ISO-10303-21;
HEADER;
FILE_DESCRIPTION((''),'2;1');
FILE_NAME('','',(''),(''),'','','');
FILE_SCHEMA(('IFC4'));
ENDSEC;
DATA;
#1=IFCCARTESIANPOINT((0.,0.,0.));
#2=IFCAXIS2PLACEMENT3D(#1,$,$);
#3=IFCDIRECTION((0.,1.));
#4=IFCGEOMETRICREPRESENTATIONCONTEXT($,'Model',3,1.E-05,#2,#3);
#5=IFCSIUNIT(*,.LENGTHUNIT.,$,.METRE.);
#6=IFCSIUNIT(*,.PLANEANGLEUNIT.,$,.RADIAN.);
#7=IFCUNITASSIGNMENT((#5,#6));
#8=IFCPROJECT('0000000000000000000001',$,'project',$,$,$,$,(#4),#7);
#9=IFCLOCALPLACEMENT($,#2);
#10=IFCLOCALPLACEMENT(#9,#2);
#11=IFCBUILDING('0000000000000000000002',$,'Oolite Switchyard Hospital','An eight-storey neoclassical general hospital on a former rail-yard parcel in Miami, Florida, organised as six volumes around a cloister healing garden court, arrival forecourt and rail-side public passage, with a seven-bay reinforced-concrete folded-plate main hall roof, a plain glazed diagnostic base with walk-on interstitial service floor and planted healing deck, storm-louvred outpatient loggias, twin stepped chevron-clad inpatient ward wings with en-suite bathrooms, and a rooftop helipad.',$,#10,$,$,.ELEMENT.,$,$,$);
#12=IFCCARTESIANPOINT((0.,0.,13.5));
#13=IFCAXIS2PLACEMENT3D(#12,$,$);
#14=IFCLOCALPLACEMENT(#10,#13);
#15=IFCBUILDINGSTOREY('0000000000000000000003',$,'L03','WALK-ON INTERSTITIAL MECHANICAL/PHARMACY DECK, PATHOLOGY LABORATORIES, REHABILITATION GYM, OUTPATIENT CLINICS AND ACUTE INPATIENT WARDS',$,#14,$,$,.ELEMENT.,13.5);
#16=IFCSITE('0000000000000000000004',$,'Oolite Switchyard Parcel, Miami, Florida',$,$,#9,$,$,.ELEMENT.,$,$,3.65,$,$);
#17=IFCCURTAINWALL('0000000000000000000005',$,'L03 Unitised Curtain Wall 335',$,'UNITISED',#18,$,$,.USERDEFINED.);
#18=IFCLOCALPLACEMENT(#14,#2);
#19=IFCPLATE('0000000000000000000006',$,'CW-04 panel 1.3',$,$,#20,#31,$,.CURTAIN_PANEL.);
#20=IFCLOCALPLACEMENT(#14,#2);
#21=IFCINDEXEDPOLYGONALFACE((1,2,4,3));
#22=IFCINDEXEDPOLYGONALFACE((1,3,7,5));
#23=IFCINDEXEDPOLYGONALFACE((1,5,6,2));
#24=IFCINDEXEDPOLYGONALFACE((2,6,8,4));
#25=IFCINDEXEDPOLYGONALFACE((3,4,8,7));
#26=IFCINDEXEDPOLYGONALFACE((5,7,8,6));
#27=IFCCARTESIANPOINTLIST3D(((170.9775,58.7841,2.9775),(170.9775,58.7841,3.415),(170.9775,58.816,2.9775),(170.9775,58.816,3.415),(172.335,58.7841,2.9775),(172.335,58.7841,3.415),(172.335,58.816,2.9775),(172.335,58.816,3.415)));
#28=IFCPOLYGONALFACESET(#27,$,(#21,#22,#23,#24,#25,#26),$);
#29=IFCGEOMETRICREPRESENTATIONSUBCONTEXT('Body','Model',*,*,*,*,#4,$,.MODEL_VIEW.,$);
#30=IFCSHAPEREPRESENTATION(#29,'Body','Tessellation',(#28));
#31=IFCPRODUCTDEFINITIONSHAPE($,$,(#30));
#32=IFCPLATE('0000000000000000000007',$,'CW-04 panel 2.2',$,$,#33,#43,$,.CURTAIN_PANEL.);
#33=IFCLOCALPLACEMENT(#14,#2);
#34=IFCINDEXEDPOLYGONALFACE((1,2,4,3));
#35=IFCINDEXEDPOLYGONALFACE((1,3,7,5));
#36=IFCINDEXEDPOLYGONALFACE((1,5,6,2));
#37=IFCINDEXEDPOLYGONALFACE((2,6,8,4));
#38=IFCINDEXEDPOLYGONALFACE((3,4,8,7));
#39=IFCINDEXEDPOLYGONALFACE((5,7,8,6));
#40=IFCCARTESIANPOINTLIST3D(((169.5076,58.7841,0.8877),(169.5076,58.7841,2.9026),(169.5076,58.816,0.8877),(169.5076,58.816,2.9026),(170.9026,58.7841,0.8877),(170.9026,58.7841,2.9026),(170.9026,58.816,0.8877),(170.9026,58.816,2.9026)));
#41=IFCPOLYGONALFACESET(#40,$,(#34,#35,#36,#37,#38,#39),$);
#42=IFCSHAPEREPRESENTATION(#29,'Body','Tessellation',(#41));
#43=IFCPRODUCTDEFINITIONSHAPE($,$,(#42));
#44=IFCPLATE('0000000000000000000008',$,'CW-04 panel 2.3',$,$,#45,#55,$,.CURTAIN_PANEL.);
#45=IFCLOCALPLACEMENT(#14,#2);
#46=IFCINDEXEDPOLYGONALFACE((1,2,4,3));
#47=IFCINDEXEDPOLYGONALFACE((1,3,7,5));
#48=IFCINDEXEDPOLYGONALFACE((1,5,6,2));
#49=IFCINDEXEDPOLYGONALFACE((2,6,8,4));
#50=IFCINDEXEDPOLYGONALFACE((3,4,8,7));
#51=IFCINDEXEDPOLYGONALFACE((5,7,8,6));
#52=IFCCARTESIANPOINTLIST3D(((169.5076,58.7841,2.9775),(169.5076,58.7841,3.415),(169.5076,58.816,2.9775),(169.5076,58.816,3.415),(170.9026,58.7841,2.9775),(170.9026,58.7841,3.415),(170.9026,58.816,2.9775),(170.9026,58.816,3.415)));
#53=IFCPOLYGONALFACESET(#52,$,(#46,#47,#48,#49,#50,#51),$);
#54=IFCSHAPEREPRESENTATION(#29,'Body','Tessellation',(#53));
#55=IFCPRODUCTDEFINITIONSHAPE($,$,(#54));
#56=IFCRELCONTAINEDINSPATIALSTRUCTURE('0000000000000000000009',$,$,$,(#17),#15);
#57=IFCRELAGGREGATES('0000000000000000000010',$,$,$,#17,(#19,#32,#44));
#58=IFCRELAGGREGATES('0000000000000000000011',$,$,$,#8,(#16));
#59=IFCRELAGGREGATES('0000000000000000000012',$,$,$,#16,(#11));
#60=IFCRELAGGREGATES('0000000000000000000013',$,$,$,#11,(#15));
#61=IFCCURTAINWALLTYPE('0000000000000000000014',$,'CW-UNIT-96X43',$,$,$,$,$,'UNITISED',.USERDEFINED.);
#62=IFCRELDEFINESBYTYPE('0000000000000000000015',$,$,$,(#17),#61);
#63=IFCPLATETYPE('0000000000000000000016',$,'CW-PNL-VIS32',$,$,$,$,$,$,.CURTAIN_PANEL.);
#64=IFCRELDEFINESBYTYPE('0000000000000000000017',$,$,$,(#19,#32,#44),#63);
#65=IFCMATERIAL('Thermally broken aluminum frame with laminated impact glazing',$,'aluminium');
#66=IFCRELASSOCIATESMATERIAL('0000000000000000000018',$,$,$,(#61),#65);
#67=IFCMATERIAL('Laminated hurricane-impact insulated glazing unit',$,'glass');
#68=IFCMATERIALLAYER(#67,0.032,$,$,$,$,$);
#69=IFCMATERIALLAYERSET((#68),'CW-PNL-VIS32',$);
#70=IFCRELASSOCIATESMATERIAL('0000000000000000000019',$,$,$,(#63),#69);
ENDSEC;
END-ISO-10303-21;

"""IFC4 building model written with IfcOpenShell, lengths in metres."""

from ifc_helpers import new_model, si_unit, direction, frame, origin, origin_2d, place, context, subcontext, project, spatial, rectangle, extrude, material, layer, layer_set, type_object, element, aggregate, save


model = new_model("IFC4")

# Units and contexts
model_context = context("Model", 3, precision=1e-05, world=origin(), true_north=direction((0.0, 1.0)))
body_context = subcontext(model_context, "Body", "Model", "MODEL_VIEW")
ifc_project = project(units=[si_unit("LENGTHUNIT", "METRE"), si_unit("PLANEANGLEUNIT", "RADIAN")], contexts=[model_context])

# Site, building, storey
site_placement = place(None, origin())
site = spatial("IfcSite", under=ifc_project, at=site_placement, Name="Oolite Switchyard Parcel, Miami, Florida", CompositionType="ELEMENT", RefElevation=3.65)
building_placement = place(site_placement, origin())
building = spatial("IfcBuilding", under=site, at=building_placement, Name="Oolite Switchyard Hospital", Description="An eight-storey neoclassical general hospital on a former rail-yard parcel in Miami, Florida, organised as six volumes around a cloister healing garden court, arrival forecourt and rail-side public passage, with a seven-bay reinforced-concrete folded-plate main hall roof, a plain glazed diagnostic base with walk-on interstitial service floor and planted healing deck, storm-louvred outpatient loggias, twin stepped chevron-clad inpatient ward wings with en-suite bathrooms, and a rooftop helipad.", CompositionType="ELEMENT")
storey_placement = place(building_placement, frame((0.0, 0.0, 13.5)))
storey = spatial("IfcBuildingStorey", under=building, at=storey_placement, Name="L03", Description="WALK-ON INTERSTITIAL MECHANICAL/PHARMACY DECK, PATHOLOGY LABORATORIES, REHABILITATION GYM, OUTPATIENT CLINICS AND ACUTE INPATIENT WARDS", CompositionType="ELEMENT", Elevation=13.5)

# Shared definitions
ifc_material_1 = material(Name="Thermally broken aluminum frame with laminated impact glazing", Category="aluminium")
curtain_wall_type = type_object("IfcCurtainWallType", Name="CW-UNIT-96X43", ElementType="UNITISED", PredefinedType="USERDEFINED", material=ifc_material_1)

# Curtain wall
curtain_wall_1_placement = place(storey_placement, origin())
curtain_wall_1 = element("IfcCurtainWall", 1, at=curtain_wall_1_placement, inside=storey, type_object=curtain_wall_type, Name="L03 Unitised Curtain Wall 335", ObjectType="UNITISED", PredefinedType="USERDEFINED")

# Plates
ifc_material_2 = material(Name="Laminated hurricane-impact insulated glazing unit", Category="glass")
ifc_layer_1 = layer(ifc_material_2, 0.032)
ifc_layer_set_1 = layer_set([ifc_layer_1], Name="CW-PNL-VIS32")
plate_type_1 = type_object("IfcPlateType", Name="CW-PNL-VIS32", PredefinedType="CURTAIN_PANEL", material=ifc_layer_set_1)
plate_1_placement = place(storey_placement, frame((171.6562, 58.8, 2.9775), z_axis=(0.0, 0.0, 1.0), x_axis=(-1.0, 0.0, 0.0)))
plate_1 = element("IfcPlate", 2, at=plate_1_placement, type_object=plate_type_1, Name="CW-04 panel 1.3", PredefinedType="CURTAIN_PANEL", context=body_context, shape_type="SweptSolid", body=[
    extrude(rectangle(XDim=1.3574, YDim=0.032, at=origin_2d()), origin(), (0.0, 0.0, 1.0), 0.4375),
])
plate_2_placement = place(storey_placement, frame((170.2051, 58.8, 0.8877), z_axis=(0.0, 0.0, 1.0), x_axis=(-1.0, 0.0, 0.0)))
plate_2 = element("IfcPlate", 3, at=plate_2_placement, type_object=plate_type_1, Name="CW-04 panel 2.2", PredefinedType="CURTAIN_PANEL", context=body_context, shape_type="SweptSolid", body=[
    extrude(rectangle(XDim=1.395, YDim=0.032, at=origin_2d()), origin(), (0.0, 0.0, 1.0), 2.0149),
])
plate_3_placement = place(storey_placement, frame((170.2051, 58.8, 2.9775), z_axis=(0.0, 0.0, 1.0), x_axis=(-1.0, 0.0, 0.0)))
plate_3 = element("IfcPlate", 4, at=plate_3_placement, type_object=plate_type_1, Name="CW-04 panel 2.3", PredefinedType="CURTAIN_PANEL", context=body_context, shape_type="SweptSolid", body=[
    extrude(rectangle(XDim=1.395, YDim=0.032, at=origin_2d()), origin(), (0.0, 0.0, 1.0), 0.4375),
])
aggregate(curtain_wall_1, [plate_1, plate_2, plate_3])

save(model, "model.ifc")
